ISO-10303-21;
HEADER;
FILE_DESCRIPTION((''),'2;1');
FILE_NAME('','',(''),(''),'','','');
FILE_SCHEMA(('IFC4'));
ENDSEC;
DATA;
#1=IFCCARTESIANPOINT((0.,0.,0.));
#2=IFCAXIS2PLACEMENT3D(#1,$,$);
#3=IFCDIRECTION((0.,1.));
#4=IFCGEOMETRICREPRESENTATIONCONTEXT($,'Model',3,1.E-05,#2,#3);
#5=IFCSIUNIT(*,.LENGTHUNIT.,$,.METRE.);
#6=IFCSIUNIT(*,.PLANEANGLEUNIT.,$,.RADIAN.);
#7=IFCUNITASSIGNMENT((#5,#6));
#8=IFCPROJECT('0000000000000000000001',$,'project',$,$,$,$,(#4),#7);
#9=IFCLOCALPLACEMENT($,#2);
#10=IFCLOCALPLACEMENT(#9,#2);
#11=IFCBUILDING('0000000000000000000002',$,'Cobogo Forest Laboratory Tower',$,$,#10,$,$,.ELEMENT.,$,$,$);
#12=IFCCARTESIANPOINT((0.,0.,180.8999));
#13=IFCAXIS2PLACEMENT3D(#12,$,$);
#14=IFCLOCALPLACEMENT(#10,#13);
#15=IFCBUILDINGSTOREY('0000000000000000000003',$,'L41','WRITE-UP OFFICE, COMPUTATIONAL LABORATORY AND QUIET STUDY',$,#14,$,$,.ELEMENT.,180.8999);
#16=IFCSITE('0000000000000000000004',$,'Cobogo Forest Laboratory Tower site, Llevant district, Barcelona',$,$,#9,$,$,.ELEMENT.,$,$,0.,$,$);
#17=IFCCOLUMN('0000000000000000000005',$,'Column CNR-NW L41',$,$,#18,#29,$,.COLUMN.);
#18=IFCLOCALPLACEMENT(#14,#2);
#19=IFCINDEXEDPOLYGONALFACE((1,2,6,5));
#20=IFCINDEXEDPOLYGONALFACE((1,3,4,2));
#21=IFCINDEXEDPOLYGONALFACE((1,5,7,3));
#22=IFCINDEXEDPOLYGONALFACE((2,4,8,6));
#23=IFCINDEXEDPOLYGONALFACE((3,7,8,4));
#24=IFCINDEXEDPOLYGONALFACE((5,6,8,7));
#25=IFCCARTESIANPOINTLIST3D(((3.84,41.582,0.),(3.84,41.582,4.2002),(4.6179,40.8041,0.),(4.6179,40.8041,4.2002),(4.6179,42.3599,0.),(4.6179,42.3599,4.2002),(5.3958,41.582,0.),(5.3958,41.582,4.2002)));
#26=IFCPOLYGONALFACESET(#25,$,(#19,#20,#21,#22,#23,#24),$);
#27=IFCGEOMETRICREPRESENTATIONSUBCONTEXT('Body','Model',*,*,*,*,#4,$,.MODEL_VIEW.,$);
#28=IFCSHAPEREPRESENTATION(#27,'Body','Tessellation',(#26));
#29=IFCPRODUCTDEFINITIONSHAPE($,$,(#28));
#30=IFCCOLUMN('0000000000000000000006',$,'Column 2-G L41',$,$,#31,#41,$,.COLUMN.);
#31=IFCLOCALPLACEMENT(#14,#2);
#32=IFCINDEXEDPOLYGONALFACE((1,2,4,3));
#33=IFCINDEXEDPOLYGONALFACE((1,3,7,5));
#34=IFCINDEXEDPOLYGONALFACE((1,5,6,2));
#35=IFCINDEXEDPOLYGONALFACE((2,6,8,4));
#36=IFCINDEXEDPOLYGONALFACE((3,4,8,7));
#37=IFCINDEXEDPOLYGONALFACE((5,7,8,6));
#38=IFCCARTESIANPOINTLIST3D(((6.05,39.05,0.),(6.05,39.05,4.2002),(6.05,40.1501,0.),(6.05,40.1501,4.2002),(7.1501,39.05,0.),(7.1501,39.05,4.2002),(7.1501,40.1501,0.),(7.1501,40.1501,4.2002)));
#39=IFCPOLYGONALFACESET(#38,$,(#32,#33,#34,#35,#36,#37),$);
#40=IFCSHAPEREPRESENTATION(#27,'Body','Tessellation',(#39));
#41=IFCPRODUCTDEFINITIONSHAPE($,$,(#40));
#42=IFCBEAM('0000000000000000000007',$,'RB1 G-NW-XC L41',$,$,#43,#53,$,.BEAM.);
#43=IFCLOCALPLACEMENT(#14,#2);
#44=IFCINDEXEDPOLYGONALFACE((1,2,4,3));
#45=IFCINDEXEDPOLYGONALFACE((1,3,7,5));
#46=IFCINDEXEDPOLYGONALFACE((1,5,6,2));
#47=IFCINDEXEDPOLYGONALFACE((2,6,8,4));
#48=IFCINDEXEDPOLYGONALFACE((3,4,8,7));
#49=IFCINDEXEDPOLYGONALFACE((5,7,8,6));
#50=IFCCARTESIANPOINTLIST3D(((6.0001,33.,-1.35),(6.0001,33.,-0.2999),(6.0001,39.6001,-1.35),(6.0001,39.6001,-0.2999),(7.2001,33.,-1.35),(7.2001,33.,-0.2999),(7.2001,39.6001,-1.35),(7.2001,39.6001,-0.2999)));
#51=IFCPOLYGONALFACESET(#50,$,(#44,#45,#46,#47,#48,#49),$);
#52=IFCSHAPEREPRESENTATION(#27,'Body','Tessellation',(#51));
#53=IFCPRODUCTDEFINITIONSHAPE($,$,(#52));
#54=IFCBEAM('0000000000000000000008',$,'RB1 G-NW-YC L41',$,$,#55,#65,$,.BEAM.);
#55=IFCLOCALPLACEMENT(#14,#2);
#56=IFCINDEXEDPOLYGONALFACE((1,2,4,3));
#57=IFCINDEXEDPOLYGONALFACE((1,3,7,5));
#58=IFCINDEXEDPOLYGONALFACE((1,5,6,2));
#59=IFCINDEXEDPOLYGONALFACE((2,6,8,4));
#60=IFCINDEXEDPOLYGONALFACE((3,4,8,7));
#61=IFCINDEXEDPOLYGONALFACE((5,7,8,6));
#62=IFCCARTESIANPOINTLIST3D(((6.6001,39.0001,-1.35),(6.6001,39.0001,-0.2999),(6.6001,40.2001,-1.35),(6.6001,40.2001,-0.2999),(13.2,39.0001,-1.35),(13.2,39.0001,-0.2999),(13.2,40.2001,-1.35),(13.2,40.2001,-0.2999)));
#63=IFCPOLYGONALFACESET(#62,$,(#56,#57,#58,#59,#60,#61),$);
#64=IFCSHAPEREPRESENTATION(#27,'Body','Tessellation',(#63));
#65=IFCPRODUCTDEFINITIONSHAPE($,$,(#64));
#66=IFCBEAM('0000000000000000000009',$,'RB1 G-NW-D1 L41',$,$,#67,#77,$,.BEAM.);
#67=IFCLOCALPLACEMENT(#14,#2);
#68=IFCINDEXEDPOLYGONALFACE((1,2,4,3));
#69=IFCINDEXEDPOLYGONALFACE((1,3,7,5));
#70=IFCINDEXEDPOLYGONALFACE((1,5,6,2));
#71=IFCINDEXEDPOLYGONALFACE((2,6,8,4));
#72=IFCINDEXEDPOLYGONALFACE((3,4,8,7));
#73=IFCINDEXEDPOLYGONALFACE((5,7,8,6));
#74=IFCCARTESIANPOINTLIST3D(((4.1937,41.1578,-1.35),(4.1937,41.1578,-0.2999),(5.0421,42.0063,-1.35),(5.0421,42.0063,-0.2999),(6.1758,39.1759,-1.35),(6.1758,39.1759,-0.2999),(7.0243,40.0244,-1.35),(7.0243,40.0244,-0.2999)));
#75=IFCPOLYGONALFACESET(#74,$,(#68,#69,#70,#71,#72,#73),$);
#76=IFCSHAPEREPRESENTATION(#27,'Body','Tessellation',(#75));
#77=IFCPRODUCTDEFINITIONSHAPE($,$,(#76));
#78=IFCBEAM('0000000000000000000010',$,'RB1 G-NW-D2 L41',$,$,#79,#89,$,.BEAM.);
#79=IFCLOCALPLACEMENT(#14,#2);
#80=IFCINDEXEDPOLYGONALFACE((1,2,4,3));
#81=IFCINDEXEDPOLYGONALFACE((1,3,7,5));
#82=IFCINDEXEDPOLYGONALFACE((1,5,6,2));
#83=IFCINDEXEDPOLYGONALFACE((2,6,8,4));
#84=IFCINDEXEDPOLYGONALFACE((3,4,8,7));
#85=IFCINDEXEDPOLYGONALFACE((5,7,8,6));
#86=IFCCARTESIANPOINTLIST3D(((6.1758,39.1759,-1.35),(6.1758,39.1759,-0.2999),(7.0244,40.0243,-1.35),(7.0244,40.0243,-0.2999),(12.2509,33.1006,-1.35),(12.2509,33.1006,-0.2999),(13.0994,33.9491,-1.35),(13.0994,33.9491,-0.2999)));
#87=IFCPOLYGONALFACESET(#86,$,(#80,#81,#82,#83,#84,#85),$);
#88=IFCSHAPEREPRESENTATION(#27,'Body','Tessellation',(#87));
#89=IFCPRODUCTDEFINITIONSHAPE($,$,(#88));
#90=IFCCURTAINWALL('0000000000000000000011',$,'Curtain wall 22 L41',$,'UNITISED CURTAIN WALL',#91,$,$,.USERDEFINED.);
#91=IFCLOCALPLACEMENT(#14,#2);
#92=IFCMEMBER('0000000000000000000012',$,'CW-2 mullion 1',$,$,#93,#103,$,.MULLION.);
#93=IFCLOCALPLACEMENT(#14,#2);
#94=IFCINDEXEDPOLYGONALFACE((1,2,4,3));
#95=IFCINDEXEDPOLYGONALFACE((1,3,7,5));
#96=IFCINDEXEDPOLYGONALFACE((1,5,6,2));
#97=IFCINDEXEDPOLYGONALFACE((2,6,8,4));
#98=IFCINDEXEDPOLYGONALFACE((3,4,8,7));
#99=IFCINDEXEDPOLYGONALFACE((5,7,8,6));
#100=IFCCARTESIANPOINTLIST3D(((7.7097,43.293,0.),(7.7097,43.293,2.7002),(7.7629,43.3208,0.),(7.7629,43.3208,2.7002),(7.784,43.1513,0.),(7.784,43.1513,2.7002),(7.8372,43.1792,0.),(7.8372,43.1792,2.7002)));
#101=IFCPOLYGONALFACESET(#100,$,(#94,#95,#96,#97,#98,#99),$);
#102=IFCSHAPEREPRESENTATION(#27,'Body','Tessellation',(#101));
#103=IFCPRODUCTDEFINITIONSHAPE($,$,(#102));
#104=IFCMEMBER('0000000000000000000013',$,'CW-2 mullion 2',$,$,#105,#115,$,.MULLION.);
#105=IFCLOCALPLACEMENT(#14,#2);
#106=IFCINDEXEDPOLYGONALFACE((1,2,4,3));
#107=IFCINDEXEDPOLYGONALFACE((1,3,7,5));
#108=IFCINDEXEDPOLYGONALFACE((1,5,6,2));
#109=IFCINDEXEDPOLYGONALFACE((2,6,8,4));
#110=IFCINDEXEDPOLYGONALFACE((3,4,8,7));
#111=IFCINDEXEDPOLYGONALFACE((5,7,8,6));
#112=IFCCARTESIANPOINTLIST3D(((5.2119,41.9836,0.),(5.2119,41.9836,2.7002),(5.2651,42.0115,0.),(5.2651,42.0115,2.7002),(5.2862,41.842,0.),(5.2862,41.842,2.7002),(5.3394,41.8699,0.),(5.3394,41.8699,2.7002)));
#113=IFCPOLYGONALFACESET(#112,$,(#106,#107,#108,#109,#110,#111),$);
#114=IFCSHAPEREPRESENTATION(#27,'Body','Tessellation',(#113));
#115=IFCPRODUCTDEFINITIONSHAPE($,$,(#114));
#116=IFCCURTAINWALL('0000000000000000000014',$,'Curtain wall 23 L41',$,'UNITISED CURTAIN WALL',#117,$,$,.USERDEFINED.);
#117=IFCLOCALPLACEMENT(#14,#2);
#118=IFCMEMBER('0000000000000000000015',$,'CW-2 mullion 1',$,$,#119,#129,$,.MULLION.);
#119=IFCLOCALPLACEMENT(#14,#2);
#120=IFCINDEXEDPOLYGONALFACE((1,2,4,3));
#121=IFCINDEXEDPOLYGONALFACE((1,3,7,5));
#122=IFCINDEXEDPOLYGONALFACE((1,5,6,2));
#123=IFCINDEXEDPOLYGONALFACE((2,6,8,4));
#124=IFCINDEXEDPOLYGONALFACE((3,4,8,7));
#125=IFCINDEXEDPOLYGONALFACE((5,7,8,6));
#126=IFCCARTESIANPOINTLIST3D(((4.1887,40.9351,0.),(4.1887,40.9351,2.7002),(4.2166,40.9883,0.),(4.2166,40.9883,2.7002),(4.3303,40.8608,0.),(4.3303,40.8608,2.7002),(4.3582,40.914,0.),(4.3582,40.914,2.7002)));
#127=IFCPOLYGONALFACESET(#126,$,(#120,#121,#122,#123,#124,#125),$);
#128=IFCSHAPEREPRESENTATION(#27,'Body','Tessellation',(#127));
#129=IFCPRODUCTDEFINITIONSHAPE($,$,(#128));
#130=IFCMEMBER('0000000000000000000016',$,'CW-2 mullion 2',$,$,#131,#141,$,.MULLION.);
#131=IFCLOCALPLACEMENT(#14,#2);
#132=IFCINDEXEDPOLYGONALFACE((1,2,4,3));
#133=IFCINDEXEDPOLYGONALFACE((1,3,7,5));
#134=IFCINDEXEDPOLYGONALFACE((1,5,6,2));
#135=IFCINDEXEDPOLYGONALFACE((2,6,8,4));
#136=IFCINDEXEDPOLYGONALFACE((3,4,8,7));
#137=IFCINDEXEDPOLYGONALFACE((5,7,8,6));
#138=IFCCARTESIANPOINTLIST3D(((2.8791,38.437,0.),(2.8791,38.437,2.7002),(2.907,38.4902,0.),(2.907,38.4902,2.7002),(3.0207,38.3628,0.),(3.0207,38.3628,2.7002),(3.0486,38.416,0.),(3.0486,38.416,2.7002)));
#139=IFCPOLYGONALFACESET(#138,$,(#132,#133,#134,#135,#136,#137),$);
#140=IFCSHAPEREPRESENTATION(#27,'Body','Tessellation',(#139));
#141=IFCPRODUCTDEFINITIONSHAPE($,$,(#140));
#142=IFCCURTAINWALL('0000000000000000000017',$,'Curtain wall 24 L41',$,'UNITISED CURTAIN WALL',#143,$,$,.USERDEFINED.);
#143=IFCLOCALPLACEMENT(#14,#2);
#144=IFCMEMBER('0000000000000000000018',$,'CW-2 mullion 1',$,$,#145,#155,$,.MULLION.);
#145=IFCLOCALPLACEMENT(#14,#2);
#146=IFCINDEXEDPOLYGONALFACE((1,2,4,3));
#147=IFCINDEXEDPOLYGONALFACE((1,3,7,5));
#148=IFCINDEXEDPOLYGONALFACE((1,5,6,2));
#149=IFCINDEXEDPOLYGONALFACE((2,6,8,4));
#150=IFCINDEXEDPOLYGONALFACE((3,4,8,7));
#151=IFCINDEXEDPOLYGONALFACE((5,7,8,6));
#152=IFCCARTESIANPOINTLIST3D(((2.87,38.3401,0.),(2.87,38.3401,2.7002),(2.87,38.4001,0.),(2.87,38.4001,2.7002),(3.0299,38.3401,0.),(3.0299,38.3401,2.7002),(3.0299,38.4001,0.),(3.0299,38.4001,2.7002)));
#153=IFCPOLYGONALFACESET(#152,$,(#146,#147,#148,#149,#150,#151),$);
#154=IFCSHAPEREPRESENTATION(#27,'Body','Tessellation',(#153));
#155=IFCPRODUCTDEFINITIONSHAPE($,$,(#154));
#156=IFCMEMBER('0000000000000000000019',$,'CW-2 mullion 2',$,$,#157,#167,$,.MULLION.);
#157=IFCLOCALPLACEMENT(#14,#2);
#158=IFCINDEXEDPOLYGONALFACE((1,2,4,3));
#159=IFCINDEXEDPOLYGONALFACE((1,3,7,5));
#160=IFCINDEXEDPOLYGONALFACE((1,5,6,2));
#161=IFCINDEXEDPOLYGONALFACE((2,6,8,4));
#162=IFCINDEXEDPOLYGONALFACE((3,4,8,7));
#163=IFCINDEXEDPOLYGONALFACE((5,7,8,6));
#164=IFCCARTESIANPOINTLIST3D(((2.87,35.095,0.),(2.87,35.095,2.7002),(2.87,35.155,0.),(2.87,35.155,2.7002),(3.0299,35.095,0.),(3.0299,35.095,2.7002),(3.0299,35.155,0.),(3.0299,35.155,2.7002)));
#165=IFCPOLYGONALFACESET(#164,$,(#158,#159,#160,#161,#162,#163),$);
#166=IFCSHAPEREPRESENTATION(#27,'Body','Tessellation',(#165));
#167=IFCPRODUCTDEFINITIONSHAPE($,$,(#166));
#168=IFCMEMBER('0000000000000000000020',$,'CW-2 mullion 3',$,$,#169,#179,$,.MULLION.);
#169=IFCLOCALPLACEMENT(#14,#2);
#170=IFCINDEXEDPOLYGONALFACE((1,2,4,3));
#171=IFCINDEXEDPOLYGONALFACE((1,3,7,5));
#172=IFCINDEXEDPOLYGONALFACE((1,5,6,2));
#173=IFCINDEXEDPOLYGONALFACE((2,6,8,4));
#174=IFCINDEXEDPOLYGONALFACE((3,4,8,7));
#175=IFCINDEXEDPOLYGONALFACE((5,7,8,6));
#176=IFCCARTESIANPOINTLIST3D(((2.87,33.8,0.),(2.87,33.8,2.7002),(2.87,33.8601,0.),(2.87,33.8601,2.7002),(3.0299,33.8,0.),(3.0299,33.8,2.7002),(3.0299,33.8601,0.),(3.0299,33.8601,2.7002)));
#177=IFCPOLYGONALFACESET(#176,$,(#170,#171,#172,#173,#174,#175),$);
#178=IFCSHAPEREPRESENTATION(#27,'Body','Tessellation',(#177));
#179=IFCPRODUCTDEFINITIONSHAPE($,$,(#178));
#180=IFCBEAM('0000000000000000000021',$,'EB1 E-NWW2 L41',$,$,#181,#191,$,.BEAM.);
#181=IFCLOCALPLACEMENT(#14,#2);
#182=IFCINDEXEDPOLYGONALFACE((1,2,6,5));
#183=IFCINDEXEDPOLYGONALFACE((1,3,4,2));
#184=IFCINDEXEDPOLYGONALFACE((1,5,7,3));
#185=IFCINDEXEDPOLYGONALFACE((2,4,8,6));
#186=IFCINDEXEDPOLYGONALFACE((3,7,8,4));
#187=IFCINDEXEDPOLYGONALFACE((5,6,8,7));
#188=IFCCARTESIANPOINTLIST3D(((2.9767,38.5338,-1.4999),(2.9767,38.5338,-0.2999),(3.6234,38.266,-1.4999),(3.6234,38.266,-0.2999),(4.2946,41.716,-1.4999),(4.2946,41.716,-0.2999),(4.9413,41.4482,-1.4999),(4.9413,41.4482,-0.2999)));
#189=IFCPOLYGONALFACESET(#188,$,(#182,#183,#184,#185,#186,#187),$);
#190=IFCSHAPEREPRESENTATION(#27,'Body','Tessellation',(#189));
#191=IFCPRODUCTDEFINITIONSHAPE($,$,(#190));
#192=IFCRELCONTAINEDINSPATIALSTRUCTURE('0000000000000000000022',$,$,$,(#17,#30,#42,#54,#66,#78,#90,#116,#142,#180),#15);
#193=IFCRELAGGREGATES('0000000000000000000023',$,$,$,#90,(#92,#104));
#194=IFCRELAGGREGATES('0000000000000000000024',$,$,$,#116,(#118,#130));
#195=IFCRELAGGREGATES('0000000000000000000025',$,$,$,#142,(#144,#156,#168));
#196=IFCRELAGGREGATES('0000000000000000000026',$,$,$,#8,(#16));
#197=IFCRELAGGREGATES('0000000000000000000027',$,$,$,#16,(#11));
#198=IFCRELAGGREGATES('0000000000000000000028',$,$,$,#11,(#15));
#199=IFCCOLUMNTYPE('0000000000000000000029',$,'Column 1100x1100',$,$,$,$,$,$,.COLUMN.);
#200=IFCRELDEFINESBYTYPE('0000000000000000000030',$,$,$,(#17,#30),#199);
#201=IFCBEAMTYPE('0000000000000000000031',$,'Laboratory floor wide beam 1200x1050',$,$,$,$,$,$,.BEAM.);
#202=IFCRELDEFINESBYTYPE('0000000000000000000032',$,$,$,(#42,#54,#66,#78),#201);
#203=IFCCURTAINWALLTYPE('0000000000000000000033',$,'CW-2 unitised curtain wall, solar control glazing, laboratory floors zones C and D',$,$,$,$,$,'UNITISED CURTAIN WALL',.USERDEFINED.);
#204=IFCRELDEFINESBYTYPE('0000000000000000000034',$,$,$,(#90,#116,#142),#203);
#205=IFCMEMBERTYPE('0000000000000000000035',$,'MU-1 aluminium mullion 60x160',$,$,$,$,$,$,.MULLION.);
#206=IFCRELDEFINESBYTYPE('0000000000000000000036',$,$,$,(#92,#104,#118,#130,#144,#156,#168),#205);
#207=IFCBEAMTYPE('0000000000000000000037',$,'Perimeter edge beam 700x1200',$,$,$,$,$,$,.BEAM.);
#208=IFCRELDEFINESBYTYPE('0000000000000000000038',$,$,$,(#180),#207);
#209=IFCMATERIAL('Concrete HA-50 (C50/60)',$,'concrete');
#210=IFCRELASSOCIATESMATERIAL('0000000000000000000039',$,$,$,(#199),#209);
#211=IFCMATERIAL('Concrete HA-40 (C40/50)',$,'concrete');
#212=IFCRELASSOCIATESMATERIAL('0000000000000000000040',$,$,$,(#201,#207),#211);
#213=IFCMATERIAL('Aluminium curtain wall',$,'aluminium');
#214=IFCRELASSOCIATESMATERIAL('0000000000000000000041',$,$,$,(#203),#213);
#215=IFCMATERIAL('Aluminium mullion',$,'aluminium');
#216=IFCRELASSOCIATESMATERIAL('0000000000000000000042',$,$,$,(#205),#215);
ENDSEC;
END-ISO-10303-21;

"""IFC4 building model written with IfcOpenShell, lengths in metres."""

from ifc_helpers import new_model, si_unit, direction, frame, origin, origin_2d, place, context, subcontext, project, spatial, rectangle, extrude, material, material_profile, profile_set, type_object, element, aggregate, save


model = new_model("IFC4")

# Units and contexts
model_context = context("Model", 3, precision=1e-05, world=origin(), true_north=direction((0.0, 1.0)))
body_context = subcontext(model_context, "Body", "Model", "MODEL_VIEW")
ifc_project = project(units=[si_unit("LENGTHUNIT", "METRE"), si_unit("PLANEANGLEUNIT", "RADIAN")], contexts=[model_context])

# Site, building, storey
site_placement = place(None, origin())
site = spatial("IfcSite", under=ifc_project, at=site_placement, Name="Cobogo Forest Laboratory Tower site, Llevant district, Barcelona", CompositionType="ELEMENT", RefElevation=0.0)
building_placement = place(site_placement, origin())
building = spatial("IfcBuilding", under=site, at=building_placement, Name="Cobogo Forest Laboratory Tower", CompositionType="ELEMENT")
storey_placement = place(building_placement, frame((0.0, 0.0, 180.8999)))
storey = spatial("IfcBuildingStorey", under=building, at=storey_placement, Name="L41", Description="WRITE-UP OFFICE, COMPUTATIONAL LABORATORY AND QUIET STUDY", CompositionType="ELEMENT", Elevation=180.8999)

# Columns
ifc_material_1 = material(Name="Concrete HA-50 (C50/60)", Category="concrete")
ifc_material_profile_1 = material_profile(ifc_material_1, rectangle(XDim=1.1001, YDim=1.1001, at=origin_2d()), Name="RC 1100x1100")
ifc_profile_set_1 = profile_set([ifc_material_profile_1], Name="Concrete HA-50 (C50/60)")
column_type = type_object("IfcColumnType", Name="Column 1100x1100", PredefinedType="COLUMN", material=ifc_profile_set_1)
for number, where, z_axis, x_axis, name in (
    (1, (4.6179, 41.582, 0.0), (0.0, 0.0, 1.0), (0.707107, 0.707107, 0.0), "Column CNR-NW L41"),
    (2, (6.6001, 39.6001, 0.0), (0.0, 0.0, 1.0), (1.0, 0.0, 0.0), "Column 2-G L41"),
):
    element("IfcColumn", number, at=place(storey_placement, frame(where, z_axis=z_axis, x_axis=x_axis)), inside=storey, type_object=column_type, Name=name, PredefinedType="COLUMN", context=body_context, shape_type="SweptSolid", body=[
        extrude(rectangle(XDim=1.1001, YDim=1.1001, at=origin_2d()), origin(), (0.0, 0.0, 1.0), 4.2002),
    ])

# Beams
ifc_material_2 = material(Name="Concrete HA-40 (C40/50)", Category="concrete")
ifc_material_profile_2 = material_profile(ifc_material_2, rectangle(XDim=1.2, YDim=1.05, at=origin_2d()), Name="RC 1200x1050")
ifc_profile_set_2 = profile_set([ifc_material_profile_2], Name="Concrete HA-40 (C40/50)")
beam_type_1 = type_object("IfcBeamType", Name="Laboratory floor wide beam 1200x1050", PredefinedType="BEAM", material=ifc_profile_set_2)
beam_1_placement = place(storey_placement, frame((6.6001, 39.6001, -0.825), z_axis=(0.0, -1.0, 0.0), x_axis=(1.0, 0.0, 0.0)))
element("IfcBeam", 3, at=beam_1_placement, inside=storey, type_object=beam_type_1, Name="RB1 G-NW-XC L41", PredefinedType="BEAM", context=body_context, shape_type="SweptSolid", body=[
    extrude(rectangle(XDim=1.2, YDim=1.05, at=origin_2d()), origin(), (0.0, 0.0, 1.0), 6.6001),
])
beam_2_placement = place(storey_placement, frame((6.6001, 39.6001, -0.825), z_axis=(1.0, 0.0, 0.0), x_axis=(0.0, 1.0, 0.0)))
element("IfcBeam", 4, at=beam_2_placement, inside=storey, type_object=beam_type_1, Name="RB1 G-NW-YC L41", PredefinedType="BEAM", context=body_context, shape_type="SweptSolid", body=[
    extrude(rectangle(XDim=1.2, YDim=1.05, at=origin_2d()), origin(), (0.0, 0.0, 1.0), 6.5999),
])
beam_3_placement = place(storey_placement, frame((4.6179, 41.582, -0.825), z_axis=(0.70715, -0.707063, 0.0), x_axis=(0.707063, 0.70715, 0.0)))
element("IfcBeam", 5, at=beam_3_placement, inside=storey, type_object=beam_type_1, Name="RB1 G-NW-D1 L41", PredefinedType="BEAM", context=body_context, shape_type="SweptSolid", body=[
    extrude(rectangle(XDim=1.2, YDim=1.05, at=origin_2d()), origin(), (0.0, 0.0, 1.0), 2.803),
])
beam_4_placement = place(storey_placement, frame((6.6001, 39.6001, -0.825), z_axis=(0.707093, -0.707121, 0.0), x_axis=(0.707121, 0.707093, 0.0)))
element("IfcBeam", 6, at=beam_4_placement, inside=storey, type_object=beam_type_1, Name="RB1 G-NW-D2 L41", PredefinedType="BEAM", context=body_context, shape_type="SweptSolid", body=[
    extrude(rectangle(XDim=1.2, YDim=1.05, at=origin_2d()), origin(), (0.0, 0.0, 1.0), 8.5916),
])

# Curtain walls, members
ifc_material_3 = material(Name="Aluminium curtain wall", Category="aluminium")
curtain_wall_type = type_object("IfcCurtainWallType", Name="CW-2 unitised curtain wall, solar control glazing, laboratory floors zones C and D", ElementType="UNITISED CURTAIN WALL", PredefinedType="USERDEFINED", material=ifc_material_3)
curtain_wall_1_placement = place(storey_placement, origin())
curtain_wall_1 = element("IfcCurtainWall", 7, at=curtain_wall_1_placement, inside=storey, type_object=curtain_wall_type, Name="Curtain wall 22 L41", ObjectType="UNITISED CURTAIN WALL", PredefinedType="USERDEFINED")
ifc_material_4 = material(Name="Aluminium mullion", Category="aluminium")
ifc_material_profile_3 = material_profile(ifc_material_4, rectangle(XDim=0.0601, YDim=0.1599, at=origin_2d()), Name="AL 60x160")
ifc_profile_set_3 = profile_set([ifc_material_profile_3], Name="Aluminium mullion")
member_type_1 = type_object("IfcMemberType", Name="MU-1 aluminium mullion 60x160", PredefinedType="MULLION", material=ifc_profile_set_3)
member_1_placement = place(storey_placement, frame((7.7734, 43.2361, 0.0), z_axis=(0.0, 0.0, 1.0), x_axis=(-0.885686, -0.464284, 0.0)))
member_1 = element("IfcMember", 8, at=member_1_placement, type_object=member_type_1, Name="CW-2 mullion 1", PredefinedType="MULLION", context=body_context, shape_type="SweptSolid", body=[
    extrude(rectangle(XDim=0.0601, YDim=0.1599, at=origin_2d()), origin(), (0.0, 0.0, 1.0), 2.7002),
])
member_2_placement = place(storey_placement, frame((5.2756, 41.9268, 0.0), z_axis=(0.0, 0.0, 1.0), x_axis=(-0.885686, -0.464284, 0.0)))
member_2 = element("IfcMember", 9, at=member_2_placement, type_object=member_type_1, Name="CW-2 mullion 2", PredefinedType="MULLION", context=body_context, shape_type="SweptSolid", body=[
    extrude(rectangle(XDim=0.0601, YDim=0.1599, at=origin_2d()), origin(), (0.0, 0.0, 1.0), 2.7002),
])
curtain_wall_2_placement = place(storey_placement, origin())
curtain_wall_2 = element("IfcCurtainWall", 10, at=curtain_wall_2_placement, inside=storey, type_object=curtain_wall_type, Name="Curtain wall 23 L41", ObjectType="UNITISED CURTAIN WALL", PredefinedType="USERDEFINED")
member_3_placement = place(storey_placement, frame((4.2734, 40.9246, 0.0), z_axis=(0.0, 0.0, 1.0), x_axis=(-0.464284, -0.885686, 0.0)))
member_3 = element("IfcMember", 11, at=member_3_placement, type_object=member_type_1, Name="CW-2 mullion 1", PredefinedType="MULLION", context=body_context, shape_type="SweptSolid", body=[
    extrude(rectangle(XDim=0.0601, YDim=0.1599, at=origin_2d()), origin(), (0.0, 0.0, 1.0), 2.7002),
])
member_4_placement = place(storey_placement, frame((2.9639, 38.4265, 0.0), z_axis=(0.0, 0.0, 1.0), x_axis=(-0.464284, -0.885686, 0.0)))
member_4 = element("IfcMember", 12, at=member_4_placement, type_object=member_type_1, Name="CW-2 mullion 2", PredefinedType="MULLION", context=body_context, shape_type="SweptSolid", body=[
    extrude(rectangle(XDim=0.0601, YDim=0.1599, at=origin_2d()), origin(), (0.0, 0.0, 1.0), 2.7002),
])
curtain_wall_3_placement = place(storey_placement, origin())
curtain_wall_3 = element("IfcCurtainWall", 13, at=curtain_wall_3_placement, inside=storey, type_object=curtain_wall_type, Name="Curtain wall 24 L41", ObjectType="UNITISED CURTAIN WALL", PredefinedType="USERDEFINED")
member_5_placement = place(storey_placement, frame((2.95, 38.3701, 0.0), z_axis=(0.0, 0.0, 1.0), x_axis=(0.0, -1.0, 0.0)))
member_5 = element("IfcMember", 14, at=member_5_placement, type_object=member_type_1, Name="CW-2 mullion 1", PredefinedType="MULLION", context=body_context, shape_type="SweptSolid", body=[
    extrude(rectangle(XDim=0.0601, YDim=0.1599, at=origin_2d()), origin(), (0.0, 0.0, 1.0), 2.7002),
])
member_6_placement = place(storey_placement, frame((2.95, 35.125, 0.0), z_axis=(0.0, 0.0, 1.0), x_axis=(0.0, -1.0, 0.0)))
member_6 = element("IfcMember", 15, at=member_6_placement, type_object=member_type_1, Name="CW-2 mullion 2", PredefinedType="MULLION", context=body_context, shape_type="SweptSolid", body=[
    extrude(rectangle(XDim=0.0601, YDim=0.1599, at=origin_2d()), origin(), (0.0, 0.0, 1.0), 2.7002),
])
member_7_placement = place(storey_placement, frame((2.95, 33.8301, 0.0), z_axis=(0.0, 0.0, 1.0), x_axis=(0.0, -1.0, 0.0)))
member_7 = element("IfcMember", 16, at=member_7_placement, type_object=member_type_1, Name="CW-2 mullion 3", PredefinedType="MULLION", context=body_context, shape_type="SweptSolid", body=[
    extrude(rectangle(XDim=0.0601, YDim=0.1599, at=origin_2d()), origin(), (0.0, 0.0, 1.0), 2.7002),
])

# Beam
ifc_material_profile_4 = material_profile(ifc_material_2, rectangle(XDim=0.7, YDim=1.2, at=origin_2d()), Name="RC 700x1200")
ifc_profile_set_4 = profile_set([ifc_material_profile_4], Name="Concrete HA-40 (C40/50)")
beam_type_2 = type_object("IfcBeamType", Name="Perimeter edge beam 700x1200", PredefinedType="BEAM", material=ifc_profile_set_4)
beam_5_placement = place(storey_placement, frame((3.3, 38.3999, -0.8999), z_axis=(0.382631, 0.923901, 0.0), x_axis=(-0.923901, 0.382631, 0.0)))
element("IfcBeam", 17, at=beam_5_placement, inside=storey, type_object=beam_type_2, Name="EB1 E-NWW2 L41", PredefinedType="BEAM", context=body_context, shape_type="SweptSolid", body=[
    extrude(rectangle(XDim=0.7, YDim=1.2, at=origin_2d()), origin(), (0.0, 0.0, 1.0), 3.4443),
])

aggregate(curtain_wall_1, [member_1, member_2])
aggregate(curtain_wall_2, [member_3, member_4])
aggregate(curtain_wall_3, [member_5, member_6, member_7])

save(model, "model.ifc")
